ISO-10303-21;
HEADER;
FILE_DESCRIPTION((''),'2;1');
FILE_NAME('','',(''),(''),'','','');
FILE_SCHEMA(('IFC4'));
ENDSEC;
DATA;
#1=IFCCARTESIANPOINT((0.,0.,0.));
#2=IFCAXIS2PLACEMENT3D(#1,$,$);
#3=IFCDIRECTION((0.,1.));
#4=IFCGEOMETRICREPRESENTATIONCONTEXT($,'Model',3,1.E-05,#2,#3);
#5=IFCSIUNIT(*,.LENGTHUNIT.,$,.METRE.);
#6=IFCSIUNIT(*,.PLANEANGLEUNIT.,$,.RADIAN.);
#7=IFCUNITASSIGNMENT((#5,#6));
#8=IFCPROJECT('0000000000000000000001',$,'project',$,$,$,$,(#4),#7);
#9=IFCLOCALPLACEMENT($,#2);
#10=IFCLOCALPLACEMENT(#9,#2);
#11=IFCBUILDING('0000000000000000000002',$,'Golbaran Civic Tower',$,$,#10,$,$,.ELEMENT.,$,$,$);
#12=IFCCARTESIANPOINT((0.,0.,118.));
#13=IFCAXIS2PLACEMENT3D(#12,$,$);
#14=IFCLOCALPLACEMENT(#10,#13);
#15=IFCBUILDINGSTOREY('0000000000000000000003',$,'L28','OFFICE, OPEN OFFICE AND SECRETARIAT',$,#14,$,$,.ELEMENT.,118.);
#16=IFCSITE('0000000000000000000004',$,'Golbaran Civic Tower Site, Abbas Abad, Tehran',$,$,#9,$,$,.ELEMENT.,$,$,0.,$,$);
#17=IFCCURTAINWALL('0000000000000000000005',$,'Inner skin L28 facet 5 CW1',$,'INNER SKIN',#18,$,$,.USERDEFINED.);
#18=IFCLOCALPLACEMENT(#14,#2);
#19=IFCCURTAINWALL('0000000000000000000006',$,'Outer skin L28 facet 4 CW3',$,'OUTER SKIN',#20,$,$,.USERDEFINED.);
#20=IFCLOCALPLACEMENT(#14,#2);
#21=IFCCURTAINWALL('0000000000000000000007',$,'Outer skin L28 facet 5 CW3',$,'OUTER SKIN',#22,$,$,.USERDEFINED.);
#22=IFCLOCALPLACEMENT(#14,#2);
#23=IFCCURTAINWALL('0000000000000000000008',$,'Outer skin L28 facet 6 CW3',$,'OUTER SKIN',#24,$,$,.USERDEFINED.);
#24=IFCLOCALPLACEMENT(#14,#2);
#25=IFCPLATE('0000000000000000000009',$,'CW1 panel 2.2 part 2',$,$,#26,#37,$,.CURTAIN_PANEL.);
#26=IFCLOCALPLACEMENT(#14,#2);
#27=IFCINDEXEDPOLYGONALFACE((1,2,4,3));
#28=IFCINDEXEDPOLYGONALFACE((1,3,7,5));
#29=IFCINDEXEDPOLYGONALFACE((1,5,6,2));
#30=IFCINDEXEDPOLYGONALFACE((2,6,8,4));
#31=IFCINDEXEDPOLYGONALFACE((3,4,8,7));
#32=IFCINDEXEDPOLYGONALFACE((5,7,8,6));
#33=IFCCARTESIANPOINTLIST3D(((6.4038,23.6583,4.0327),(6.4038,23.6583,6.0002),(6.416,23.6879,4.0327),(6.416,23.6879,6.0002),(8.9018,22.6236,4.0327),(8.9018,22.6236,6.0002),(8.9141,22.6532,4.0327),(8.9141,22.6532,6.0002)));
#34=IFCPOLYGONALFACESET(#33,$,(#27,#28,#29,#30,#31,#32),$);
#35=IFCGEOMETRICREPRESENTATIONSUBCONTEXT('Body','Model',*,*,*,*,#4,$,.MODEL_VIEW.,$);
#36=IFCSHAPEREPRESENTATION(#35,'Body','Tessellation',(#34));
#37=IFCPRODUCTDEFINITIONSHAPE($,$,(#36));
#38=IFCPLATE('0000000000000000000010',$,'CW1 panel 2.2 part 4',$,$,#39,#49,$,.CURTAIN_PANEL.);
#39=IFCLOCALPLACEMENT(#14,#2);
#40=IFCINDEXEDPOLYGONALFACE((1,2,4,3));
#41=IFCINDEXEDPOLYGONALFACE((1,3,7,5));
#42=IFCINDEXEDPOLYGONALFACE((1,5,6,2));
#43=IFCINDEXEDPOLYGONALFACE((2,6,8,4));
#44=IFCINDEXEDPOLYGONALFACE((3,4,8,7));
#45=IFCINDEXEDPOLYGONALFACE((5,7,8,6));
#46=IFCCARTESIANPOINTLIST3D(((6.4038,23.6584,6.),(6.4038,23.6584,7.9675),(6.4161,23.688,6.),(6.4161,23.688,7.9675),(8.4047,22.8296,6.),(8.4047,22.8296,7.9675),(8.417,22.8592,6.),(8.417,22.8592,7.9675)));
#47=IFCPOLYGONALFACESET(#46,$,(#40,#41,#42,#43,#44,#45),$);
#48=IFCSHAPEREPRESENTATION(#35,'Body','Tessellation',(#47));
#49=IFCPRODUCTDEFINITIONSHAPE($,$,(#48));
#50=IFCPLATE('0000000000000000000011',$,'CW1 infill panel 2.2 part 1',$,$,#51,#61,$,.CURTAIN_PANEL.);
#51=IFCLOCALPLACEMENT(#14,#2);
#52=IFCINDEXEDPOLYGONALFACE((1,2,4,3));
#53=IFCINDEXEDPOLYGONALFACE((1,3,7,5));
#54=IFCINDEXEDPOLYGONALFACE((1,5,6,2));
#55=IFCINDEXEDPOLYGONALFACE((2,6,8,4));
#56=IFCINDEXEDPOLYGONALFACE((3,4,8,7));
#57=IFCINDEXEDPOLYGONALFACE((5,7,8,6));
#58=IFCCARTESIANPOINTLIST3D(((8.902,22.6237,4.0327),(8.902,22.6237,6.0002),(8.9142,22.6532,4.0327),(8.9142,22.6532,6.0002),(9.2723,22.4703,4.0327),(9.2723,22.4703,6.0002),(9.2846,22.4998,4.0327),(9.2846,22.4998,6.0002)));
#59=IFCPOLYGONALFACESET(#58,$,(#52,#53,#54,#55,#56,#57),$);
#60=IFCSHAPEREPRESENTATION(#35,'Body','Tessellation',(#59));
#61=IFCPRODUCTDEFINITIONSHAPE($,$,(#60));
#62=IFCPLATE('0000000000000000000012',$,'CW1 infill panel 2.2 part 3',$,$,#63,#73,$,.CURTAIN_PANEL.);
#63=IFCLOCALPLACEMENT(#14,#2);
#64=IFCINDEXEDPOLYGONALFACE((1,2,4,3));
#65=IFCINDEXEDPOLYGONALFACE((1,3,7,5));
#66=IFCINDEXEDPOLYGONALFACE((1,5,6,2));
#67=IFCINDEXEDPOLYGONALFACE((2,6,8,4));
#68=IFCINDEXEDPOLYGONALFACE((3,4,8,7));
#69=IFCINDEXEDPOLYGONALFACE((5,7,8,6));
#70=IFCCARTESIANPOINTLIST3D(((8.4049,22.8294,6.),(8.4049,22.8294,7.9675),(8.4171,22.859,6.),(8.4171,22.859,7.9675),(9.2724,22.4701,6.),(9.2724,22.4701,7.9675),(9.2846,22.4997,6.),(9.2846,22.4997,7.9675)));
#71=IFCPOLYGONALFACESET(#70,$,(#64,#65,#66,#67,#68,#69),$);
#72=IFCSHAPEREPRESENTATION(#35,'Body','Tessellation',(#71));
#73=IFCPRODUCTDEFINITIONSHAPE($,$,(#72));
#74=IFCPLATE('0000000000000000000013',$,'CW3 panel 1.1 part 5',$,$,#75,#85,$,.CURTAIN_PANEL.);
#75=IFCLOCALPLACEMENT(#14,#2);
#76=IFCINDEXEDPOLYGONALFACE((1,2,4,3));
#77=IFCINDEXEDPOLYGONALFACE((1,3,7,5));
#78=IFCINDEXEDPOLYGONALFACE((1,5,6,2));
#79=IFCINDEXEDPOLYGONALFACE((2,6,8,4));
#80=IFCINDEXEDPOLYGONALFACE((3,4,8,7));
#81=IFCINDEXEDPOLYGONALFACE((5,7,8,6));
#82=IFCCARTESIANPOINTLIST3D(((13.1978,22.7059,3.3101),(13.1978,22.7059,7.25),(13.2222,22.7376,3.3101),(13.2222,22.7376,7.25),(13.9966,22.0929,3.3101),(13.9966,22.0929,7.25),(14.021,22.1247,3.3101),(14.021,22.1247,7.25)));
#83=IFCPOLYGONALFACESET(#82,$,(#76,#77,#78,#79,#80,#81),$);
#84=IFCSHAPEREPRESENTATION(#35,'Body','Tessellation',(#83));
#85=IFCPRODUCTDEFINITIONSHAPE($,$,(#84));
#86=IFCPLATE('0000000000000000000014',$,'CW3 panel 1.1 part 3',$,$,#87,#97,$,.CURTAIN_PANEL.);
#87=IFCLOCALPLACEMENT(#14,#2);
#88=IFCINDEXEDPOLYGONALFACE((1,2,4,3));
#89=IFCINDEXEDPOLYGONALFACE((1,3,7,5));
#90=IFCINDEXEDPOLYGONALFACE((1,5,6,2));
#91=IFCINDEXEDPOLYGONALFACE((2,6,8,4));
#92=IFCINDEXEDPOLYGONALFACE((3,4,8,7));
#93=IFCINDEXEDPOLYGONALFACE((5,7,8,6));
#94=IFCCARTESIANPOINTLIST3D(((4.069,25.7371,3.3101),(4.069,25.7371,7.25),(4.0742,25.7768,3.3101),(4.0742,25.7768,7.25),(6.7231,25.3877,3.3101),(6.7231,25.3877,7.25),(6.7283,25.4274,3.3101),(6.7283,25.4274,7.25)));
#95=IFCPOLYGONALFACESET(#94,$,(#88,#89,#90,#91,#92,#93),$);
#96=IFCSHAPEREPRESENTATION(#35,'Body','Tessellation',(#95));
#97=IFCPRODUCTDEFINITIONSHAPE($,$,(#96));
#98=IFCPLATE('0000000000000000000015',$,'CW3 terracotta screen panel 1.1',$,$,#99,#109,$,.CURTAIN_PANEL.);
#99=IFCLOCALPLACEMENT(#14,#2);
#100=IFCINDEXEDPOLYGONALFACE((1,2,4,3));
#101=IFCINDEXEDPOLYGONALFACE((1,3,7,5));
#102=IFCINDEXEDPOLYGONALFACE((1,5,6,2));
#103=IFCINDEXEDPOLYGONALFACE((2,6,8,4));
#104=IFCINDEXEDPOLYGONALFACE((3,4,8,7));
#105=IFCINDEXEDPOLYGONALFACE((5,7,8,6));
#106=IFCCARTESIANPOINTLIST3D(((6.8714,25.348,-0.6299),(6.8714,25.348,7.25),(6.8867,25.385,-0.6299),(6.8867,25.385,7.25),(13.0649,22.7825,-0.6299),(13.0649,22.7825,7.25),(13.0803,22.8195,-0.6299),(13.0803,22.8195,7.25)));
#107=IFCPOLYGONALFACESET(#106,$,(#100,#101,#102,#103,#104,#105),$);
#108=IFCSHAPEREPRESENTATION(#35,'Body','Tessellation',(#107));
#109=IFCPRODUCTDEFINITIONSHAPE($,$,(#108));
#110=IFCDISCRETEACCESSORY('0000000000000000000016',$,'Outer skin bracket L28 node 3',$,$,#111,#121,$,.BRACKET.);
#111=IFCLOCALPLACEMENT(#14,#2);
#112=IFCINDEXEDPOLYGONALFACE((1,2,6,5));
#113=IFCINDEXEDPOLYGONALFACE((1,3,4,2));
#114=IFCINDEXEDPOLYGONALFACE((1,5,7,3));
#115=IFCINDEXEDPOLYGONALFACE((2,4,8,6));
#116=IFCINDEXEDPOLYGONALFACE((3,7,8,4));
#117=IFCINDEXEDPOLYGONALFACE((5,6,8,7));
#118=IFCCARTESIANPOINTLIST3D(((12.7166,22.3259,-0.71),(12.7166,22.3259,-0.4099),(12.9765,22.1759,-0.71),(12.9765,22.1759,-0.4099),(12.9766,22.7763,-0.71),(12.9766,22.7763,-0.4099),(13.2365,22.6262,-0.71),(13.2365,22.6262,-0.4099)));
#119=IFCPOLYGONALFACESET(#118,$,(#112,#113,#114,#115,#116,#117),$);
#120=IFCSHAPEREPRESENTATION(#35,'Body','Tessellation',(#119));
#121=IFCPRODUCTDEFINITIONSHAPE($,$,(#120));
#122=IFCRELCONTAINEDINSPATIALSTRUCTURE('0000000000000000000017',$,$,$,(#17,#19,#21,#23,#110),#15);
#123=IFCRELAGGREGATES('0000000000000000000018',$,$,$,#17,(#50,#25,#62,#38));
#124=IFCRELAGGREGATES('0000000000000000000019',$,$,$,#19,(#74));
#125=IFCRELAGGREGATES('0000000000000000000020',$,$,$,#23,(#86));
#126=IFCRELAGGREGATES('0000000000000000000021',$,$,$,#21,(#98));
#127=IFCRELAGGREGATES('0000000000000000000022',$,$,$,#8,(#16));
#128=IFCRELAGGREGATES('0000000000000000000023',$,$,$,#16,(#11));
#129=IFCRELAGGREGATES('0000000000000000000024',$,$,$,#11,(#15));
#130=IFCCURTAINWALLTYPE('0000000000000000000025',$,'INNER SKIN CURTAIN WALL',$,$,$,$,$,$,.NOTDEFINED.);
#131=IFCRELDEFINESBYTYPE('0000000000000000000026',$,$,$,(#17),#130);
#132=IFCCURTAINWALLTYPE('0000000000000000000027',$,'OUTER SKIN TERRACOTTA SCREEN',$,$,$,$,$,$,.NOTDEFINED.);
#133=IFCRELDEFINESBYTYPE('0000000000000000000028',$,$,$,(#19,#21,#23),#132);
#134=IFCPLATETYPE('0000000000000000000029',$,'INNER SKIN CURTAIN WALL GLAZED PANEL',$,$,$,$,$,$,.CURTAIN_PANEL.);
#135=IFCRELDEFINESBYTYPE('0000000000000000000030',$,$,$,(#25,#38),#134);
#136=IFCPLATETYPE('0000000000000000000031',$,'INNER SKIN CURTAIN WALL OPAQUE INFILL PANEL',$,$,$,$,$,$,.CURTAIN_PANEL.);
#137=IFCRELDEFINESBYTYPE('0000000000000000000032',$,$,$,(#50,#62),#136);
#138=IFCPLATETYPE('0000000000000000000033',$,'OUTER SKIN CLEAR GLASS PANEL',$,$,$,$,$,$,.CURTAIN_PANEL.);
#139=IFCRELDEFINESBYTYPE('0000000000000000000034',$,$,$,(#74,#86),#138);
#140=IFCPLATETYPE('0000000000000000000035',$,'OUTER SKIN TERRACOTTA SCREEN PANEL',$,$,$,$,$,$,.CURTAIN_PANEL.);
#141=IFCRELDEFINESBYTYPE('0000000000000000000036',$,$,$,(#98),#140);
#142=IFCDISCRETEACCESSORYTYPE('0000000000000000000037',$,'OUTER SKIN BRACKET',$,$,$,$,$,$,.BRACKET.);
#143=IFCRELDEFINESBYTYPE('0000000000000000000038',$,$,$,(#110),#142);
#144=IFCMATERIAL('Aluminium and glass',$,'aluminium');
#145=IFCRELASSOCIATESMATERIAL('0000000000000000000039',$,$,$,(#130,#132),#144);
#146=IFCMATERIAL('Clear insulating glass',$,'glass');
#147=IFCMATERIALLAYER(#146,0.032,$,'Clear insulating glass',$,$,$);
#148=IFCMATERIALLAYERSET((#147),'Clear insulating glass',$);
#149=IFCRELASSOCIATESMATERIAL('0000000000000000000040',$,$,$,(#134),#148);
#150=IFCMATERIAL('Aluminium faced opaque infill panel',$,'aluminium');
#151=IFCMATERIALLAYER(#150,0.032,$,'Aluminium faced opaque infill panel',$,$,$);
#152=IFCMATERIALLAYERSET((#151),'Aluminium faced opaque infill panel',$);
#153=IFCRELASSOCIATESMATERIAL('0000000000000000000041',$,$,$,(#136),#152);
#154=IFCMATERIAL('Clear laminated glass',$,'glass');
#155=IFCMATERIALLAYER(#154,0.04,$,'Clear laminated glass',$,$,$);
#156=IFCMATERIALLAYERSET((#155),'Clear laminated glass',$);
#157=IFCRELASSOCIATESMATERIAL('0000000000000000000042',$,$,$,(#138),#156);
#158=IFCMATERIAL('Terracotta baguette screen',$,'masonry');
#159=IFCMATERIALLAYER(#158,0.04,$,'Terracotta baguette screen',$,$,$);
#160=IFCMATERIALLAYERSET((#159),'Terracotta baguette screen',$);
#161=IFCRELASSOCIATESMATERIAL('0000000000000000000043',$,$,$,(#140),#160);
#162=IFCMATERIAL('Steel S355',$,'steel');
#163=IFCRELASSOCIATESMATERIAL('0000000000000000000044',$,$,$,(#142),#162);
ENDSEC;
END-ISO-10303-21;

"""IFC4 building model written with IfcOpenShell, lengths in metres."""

from ifc_helpers import new_model, si_unit, direction, frame, origin, origin_2d, place, context, subcontext, project, spatial, rectangle, extrude, material, layer, layer_set, type_object, element, aggregate, save


model = new_model("IFC4")

# Units and contexts
model_context = context("Model", 3, precision=1e-05, world=origin(), true_north=direction((0.0, 1.0)))
body_context = subcontext(model_context, "Body", "Model", "MODEL_VIEW")
ifc_project = project(units=[si_unit("LENGTHUNIT", "METRE"), si_unit("PLANEANGLEUNIT", "RADIAN")], contexts=[model_context])

# Site, building, storey
site_placement = place(None, origin())
site = spatial("IfcSite", under=ifc_project, at=site_placement, Name="Golbaran Civic Tower Site, Abbas Abad, Tehran", CompositionType="ELEMENT", RefElevation=0.0)
building_placement = place(site_placement, origin())
building = spatial("IfcBuilding", under=site, at=building_placement, Name="Golbaran Civic Tower", CompositionType="ELEMENT")
storey_placement = place(building_placement, frame((0.0, 0.0, 118.0)))
storey = spatial("IfcBuildingStorey", under=building, at=storey_placement, Name="L28", Description="OFFICE, OPEN OFFICE AND SECRETARIAT", CompositionType="ELEMENT", Elevation=118.0)

# Curtain wall
ifc_material_1 = material(Name="Aluminium and glass", Category="aluminium")
curtain_wall_type_1 = type_object("IfcCurtainWallType", Name="INNER SKIN CURTAIN WALL", PredefinedType="NOTDEFINED", material=ifc_material_1)
curtain_wall_1_placement = place(storey_placement, origin())
curtain_wall_1 = element("IfcCurtainWall", 1, at=curtain_wall_1_placement, inside=storey, type_object=curtain_wall_type_1, Name="Inner skin L28 facet 5 CW1", ObjectType="INNER SKIN", PredefinedType="USERDEFINED")

# Curtain wall
curtain_wall_type_2 = type_object("IfcCurtainWallType", Name="OUTER SKIN TERRACOTTA SCREEN", PredefinedType="NOTDEFINED", material=ifc_material_1)
curtain_wall_2_placement = place(storey_placement, origin())
curtain_wall_2 = element("IfcCurtainWall", 2, at=curtain_wall_2_placement, inside=storey, type_object=curtain_wall_type_2, Name="Outer skin L28 facet 4 CW3", ObjectType="OUTER SKIN", PredefinedType="USERDEFINED")

# Curtain wall
curtain_wall_3_placement = place(storey_placement, origin())
curtain_wall_3 = element("IfcCurtainWall", 3, at=curtain_wall_3_placement, inside=storey, type_object=curtain_wall_type_2, Name="Outer skin L28 facet 5 CW3", ObjectType="OUTER SKIN", PredefinedType="USERDEFINED")

# Curtain wall
curtain_wall_4_placement = place(storey_placement, origin())
curtain_wall_4 = element("IfcCurtainWall", 4, at=curtain_wall_4_placement, inside=storey, type_object=curtain_wall_type_2, Name="Outer skin L28 facet 6 CW3", ObjectType="OUTER SKIN", PredefinedType="USERDEFINED")

# Plates
ifc_material_2 = material(Name="Clear insulating glass", Category="glass")
ifc_layer_1 = layer(ifc_material_2, 0.032, Name="Clear insulating glass")
ifc_layer_set_1 = layer_set([ifc_layer_1], Name="Clear insulating glass")
plate_type_1 = type_object("IfcPlateType", Name="INNER SKIN CURTAIN WALL GLAZED PANEL", PredefinedType="CURTAIN_PANEL", material=ifc_layer_set_1)
plate_1_placement = place(storey_placement, frame((7.6589, 23.1558, 4.0327), z_axis=(0.0, 0.0, 1.0), x_axis=(-0.92388, 0.382683, 0.0)))
plate_1 = element("IfcPlate", 5, at=plate_1_placement, type_object=plate_type_1, Name="CW1 panel 2.2 part 2", PredefinedType="CURTAIN_PANEL", context=body_context, shape_type="SweptSolid", body=[
    extrude(rectangle(XDim=2.7039, YDim=0.032, at=origin_2d()), origin(), (0.0, 0.0, 1.0), 1.9675),
])
plate_2_placement = place(storey_placement, frame((7.4104, 23.2588, 6.0), z_axis=(0.0, 0.0, 1.0), x_axis=(-0.92388, 0.382683, 0.0)))
plate_2 = element("IfcPlate", 6, at=plate_2_placement, type_object=plate_type_1, Name="CW1 panel 2.2 part 4", PredefinedType="CURTAIN_PANEL", context=body_context, shape_type="SweptSolid", body=[
    extrude(rectangle(XDim=2.1658, YDim=0.032, at=origin_2d()), origin(), (0.0, 0.0, 1.0), 1.9675),
])
ifc_material_3 = material(Name="Aluminium faced opaque infill panel", Category="aluminium")
ifc_layer_2 = layer(ifc_material_3, 0.032, Name="Aluminium faced opaque infill panel")
ifc_layer_set_2 = layer_set([ifc_layer_2], Name="Aluminium faced opaque infill panel")
plate_type_2 = type_object("IfcPlateType", Name="INNER SKIN CURTAIN WALL OPAQUE INFILL PANEL", PredefinedType="CURTAIN_PANEL", material=ifc_layer_set_2)
plate_3_placement = place(storey_placement, frame((9.0933, 22.5618, 4.0327), z_axis=(0.0, 0.0, 1.0), x_axis=(-0.92388, 0.382683, 0.0)))
plate_3 = element("IfcPlate", 7, at=plate_3_placement, type_object=plate_type_2, Name="CW1 infill panel 2.2 part 1", PredefinedType="CURTAIN_PANEL", context=body_context, shape_type="SweptSolid", body=[
    extrude(rectangle(XDim=0.4009, YDim=0.032, at=origin_2d()), origin(), (0.0, 0.0, 1.0), 1.9675),
])
plate_4_placement = place(storey_placement, frame((8.8447, 22.6646, 6.0), z_axis=(0.0, 0.0, 1.0), x_axis=(-0.92388, 0.382683, 0.0)))
plate_4 = element("IfcPlate", 8, at=plate_4_placement, type_object=plate_type_2, Name="CW1 infill panel 2.2 part 3", PredefinedType="CURTAIN_PANEL", context=body_context, shape_type="SweptSolid", body=[
    extrude(rectangle(XDim=0.939, YDim=0.032, at=origin_2d()), origin(), (0.0, 0.0, 1.0), 1.9675),
])
aggregate(curtain_wall_1, [plate_3, plate_1, plate_4, plate_2])
ifc_material_4 = material(Name="Clear laminated glass", Category="glass")
ifc_layer_3 = layer(ifc_material_4, 0.04, Name="Clear laminated glass")
ifc_layer_set_3 = layer_set([ifc_layer_3], Name="Clear laminated glass")
plate_type_3 = type_object("IfcPlateType", Name="OUTER SKIN CLEAR GLASS PANEL", PredefinedType="CURTAIN_PANEL", material=ifc_layer_set_3)
plate_5_placement = place(storey_placement, frame((13.6094, 22.4153, 3.3101), z_axis=(0.0, 0.0, 1.0), x_axis=(-0.793353, 0.608761, 0.0)))
plate_5 = element("IfcPlate", 9, at=plate_5_placement, type_object=plate_type_3, Name="CW3 panel 1.1 part 5", PredefinedType="CURTAIN_PANEL", context=body_context, shape_type="SweptSolid", body=[
    extrude(rectangle(XDim=1.0068, YDim=0.04, at=origin_2d()), origin(), (0.0, 0.0, 1.0), 3.9399),
])
aggregate(curtain_wall_2, [plate_5])
plate_6_placement = place(storey_placement, frame((5.3987, 25.5823, 3.3101), z_axis=(0.0, 0.0, 1.0), x_axis=(-0.991445, 0.130526, 0.0)))
plate_6 = element("IfcPlate", 10, at=plate_6_placement, type_object=plate_type_3, Name="CW3 panel 1.1 part 3", PredefinedType="CURTAIN_PANEL", context=body_context, shape_type="SweptSolid", body=[
    extrude(rectangle(XDim=2.677, YDim=0.04, at=origin_2d()), origin(), (0.0, 0.0, 1.0), 3.9399),
])
aggregate(curtain_wall_4, [plate_6])
ifc_material_5 = material(Name="Terracotta baguette screen", Category="masonry")
ifc_layer_4 = layer(ifc_material_5, 0.04, Name="Terracotta baguette screen")
ifc_layer_set_4 = layer_set([ifc_layer_4], Name="Terracotta baguette screen")
plate_type_4 = type_object("IfcPlateType", Name="OUTER SKIN TERRACOTTA SCREEN PANEL", PredefinedType="CURTAIN_PANEL", material=ifc_layer_set_4)
plate_7_placement = place(storey_placement, frame((9.9758, 24.0837, -0.6299), z_axis=(0.0, 0.0, 1.0), x_axis=(-0.92388, 0.382683, 0.0)))
plate_7 = element("IfcPlate", 11, at=plate_7_placement, type_object=plate_type_4, Name="CW3 terracotta screen panel 1.1", PredefinedType="CURTAIN_PANEL", context=body_context, shape_type="SweptSolid", body=[
    extrude(rectangle(XDim=6.7039, YDim=0.04, at=origin_2d()), origin(), (0.0, 0.0, 1.0), 7.8799),
])
aggregate(curtain_wall_3, [plate_7])

# Discrete accessory
ifc_material_6 = material(Name="Steel S355", Category="steel")
discrete_accessory_type = type_object("IfcDiscreteAccessoryType", Name="OUTER SKIN BRACKET", PredefinedType="BRACKET", material=ifc_material_6)
discrete_accessory_placement = place(storey_placement, frame((12.9766, 22.4761, -0.71), z_axis=(0.0, 0.0, 1.0), x_axis=(0.5, 0.866025, 0.0)))
element("IfcDiscreteAccessory", 12, at=discrete_accessory_placement, inside=storey, type_object=discrete_accessory_type, Name="Outer skin bracket L28 node 3", PredefinedType="BRACKET", context=body_context, shape_type="SweptSolid", body=[
    extrude(rectangle(XDim=0.52, YDim=0.3, at=origin_2d()), origin(), (0.0, 0.0, 1.0), 0.3),
])

save(model, "model.ifc")
